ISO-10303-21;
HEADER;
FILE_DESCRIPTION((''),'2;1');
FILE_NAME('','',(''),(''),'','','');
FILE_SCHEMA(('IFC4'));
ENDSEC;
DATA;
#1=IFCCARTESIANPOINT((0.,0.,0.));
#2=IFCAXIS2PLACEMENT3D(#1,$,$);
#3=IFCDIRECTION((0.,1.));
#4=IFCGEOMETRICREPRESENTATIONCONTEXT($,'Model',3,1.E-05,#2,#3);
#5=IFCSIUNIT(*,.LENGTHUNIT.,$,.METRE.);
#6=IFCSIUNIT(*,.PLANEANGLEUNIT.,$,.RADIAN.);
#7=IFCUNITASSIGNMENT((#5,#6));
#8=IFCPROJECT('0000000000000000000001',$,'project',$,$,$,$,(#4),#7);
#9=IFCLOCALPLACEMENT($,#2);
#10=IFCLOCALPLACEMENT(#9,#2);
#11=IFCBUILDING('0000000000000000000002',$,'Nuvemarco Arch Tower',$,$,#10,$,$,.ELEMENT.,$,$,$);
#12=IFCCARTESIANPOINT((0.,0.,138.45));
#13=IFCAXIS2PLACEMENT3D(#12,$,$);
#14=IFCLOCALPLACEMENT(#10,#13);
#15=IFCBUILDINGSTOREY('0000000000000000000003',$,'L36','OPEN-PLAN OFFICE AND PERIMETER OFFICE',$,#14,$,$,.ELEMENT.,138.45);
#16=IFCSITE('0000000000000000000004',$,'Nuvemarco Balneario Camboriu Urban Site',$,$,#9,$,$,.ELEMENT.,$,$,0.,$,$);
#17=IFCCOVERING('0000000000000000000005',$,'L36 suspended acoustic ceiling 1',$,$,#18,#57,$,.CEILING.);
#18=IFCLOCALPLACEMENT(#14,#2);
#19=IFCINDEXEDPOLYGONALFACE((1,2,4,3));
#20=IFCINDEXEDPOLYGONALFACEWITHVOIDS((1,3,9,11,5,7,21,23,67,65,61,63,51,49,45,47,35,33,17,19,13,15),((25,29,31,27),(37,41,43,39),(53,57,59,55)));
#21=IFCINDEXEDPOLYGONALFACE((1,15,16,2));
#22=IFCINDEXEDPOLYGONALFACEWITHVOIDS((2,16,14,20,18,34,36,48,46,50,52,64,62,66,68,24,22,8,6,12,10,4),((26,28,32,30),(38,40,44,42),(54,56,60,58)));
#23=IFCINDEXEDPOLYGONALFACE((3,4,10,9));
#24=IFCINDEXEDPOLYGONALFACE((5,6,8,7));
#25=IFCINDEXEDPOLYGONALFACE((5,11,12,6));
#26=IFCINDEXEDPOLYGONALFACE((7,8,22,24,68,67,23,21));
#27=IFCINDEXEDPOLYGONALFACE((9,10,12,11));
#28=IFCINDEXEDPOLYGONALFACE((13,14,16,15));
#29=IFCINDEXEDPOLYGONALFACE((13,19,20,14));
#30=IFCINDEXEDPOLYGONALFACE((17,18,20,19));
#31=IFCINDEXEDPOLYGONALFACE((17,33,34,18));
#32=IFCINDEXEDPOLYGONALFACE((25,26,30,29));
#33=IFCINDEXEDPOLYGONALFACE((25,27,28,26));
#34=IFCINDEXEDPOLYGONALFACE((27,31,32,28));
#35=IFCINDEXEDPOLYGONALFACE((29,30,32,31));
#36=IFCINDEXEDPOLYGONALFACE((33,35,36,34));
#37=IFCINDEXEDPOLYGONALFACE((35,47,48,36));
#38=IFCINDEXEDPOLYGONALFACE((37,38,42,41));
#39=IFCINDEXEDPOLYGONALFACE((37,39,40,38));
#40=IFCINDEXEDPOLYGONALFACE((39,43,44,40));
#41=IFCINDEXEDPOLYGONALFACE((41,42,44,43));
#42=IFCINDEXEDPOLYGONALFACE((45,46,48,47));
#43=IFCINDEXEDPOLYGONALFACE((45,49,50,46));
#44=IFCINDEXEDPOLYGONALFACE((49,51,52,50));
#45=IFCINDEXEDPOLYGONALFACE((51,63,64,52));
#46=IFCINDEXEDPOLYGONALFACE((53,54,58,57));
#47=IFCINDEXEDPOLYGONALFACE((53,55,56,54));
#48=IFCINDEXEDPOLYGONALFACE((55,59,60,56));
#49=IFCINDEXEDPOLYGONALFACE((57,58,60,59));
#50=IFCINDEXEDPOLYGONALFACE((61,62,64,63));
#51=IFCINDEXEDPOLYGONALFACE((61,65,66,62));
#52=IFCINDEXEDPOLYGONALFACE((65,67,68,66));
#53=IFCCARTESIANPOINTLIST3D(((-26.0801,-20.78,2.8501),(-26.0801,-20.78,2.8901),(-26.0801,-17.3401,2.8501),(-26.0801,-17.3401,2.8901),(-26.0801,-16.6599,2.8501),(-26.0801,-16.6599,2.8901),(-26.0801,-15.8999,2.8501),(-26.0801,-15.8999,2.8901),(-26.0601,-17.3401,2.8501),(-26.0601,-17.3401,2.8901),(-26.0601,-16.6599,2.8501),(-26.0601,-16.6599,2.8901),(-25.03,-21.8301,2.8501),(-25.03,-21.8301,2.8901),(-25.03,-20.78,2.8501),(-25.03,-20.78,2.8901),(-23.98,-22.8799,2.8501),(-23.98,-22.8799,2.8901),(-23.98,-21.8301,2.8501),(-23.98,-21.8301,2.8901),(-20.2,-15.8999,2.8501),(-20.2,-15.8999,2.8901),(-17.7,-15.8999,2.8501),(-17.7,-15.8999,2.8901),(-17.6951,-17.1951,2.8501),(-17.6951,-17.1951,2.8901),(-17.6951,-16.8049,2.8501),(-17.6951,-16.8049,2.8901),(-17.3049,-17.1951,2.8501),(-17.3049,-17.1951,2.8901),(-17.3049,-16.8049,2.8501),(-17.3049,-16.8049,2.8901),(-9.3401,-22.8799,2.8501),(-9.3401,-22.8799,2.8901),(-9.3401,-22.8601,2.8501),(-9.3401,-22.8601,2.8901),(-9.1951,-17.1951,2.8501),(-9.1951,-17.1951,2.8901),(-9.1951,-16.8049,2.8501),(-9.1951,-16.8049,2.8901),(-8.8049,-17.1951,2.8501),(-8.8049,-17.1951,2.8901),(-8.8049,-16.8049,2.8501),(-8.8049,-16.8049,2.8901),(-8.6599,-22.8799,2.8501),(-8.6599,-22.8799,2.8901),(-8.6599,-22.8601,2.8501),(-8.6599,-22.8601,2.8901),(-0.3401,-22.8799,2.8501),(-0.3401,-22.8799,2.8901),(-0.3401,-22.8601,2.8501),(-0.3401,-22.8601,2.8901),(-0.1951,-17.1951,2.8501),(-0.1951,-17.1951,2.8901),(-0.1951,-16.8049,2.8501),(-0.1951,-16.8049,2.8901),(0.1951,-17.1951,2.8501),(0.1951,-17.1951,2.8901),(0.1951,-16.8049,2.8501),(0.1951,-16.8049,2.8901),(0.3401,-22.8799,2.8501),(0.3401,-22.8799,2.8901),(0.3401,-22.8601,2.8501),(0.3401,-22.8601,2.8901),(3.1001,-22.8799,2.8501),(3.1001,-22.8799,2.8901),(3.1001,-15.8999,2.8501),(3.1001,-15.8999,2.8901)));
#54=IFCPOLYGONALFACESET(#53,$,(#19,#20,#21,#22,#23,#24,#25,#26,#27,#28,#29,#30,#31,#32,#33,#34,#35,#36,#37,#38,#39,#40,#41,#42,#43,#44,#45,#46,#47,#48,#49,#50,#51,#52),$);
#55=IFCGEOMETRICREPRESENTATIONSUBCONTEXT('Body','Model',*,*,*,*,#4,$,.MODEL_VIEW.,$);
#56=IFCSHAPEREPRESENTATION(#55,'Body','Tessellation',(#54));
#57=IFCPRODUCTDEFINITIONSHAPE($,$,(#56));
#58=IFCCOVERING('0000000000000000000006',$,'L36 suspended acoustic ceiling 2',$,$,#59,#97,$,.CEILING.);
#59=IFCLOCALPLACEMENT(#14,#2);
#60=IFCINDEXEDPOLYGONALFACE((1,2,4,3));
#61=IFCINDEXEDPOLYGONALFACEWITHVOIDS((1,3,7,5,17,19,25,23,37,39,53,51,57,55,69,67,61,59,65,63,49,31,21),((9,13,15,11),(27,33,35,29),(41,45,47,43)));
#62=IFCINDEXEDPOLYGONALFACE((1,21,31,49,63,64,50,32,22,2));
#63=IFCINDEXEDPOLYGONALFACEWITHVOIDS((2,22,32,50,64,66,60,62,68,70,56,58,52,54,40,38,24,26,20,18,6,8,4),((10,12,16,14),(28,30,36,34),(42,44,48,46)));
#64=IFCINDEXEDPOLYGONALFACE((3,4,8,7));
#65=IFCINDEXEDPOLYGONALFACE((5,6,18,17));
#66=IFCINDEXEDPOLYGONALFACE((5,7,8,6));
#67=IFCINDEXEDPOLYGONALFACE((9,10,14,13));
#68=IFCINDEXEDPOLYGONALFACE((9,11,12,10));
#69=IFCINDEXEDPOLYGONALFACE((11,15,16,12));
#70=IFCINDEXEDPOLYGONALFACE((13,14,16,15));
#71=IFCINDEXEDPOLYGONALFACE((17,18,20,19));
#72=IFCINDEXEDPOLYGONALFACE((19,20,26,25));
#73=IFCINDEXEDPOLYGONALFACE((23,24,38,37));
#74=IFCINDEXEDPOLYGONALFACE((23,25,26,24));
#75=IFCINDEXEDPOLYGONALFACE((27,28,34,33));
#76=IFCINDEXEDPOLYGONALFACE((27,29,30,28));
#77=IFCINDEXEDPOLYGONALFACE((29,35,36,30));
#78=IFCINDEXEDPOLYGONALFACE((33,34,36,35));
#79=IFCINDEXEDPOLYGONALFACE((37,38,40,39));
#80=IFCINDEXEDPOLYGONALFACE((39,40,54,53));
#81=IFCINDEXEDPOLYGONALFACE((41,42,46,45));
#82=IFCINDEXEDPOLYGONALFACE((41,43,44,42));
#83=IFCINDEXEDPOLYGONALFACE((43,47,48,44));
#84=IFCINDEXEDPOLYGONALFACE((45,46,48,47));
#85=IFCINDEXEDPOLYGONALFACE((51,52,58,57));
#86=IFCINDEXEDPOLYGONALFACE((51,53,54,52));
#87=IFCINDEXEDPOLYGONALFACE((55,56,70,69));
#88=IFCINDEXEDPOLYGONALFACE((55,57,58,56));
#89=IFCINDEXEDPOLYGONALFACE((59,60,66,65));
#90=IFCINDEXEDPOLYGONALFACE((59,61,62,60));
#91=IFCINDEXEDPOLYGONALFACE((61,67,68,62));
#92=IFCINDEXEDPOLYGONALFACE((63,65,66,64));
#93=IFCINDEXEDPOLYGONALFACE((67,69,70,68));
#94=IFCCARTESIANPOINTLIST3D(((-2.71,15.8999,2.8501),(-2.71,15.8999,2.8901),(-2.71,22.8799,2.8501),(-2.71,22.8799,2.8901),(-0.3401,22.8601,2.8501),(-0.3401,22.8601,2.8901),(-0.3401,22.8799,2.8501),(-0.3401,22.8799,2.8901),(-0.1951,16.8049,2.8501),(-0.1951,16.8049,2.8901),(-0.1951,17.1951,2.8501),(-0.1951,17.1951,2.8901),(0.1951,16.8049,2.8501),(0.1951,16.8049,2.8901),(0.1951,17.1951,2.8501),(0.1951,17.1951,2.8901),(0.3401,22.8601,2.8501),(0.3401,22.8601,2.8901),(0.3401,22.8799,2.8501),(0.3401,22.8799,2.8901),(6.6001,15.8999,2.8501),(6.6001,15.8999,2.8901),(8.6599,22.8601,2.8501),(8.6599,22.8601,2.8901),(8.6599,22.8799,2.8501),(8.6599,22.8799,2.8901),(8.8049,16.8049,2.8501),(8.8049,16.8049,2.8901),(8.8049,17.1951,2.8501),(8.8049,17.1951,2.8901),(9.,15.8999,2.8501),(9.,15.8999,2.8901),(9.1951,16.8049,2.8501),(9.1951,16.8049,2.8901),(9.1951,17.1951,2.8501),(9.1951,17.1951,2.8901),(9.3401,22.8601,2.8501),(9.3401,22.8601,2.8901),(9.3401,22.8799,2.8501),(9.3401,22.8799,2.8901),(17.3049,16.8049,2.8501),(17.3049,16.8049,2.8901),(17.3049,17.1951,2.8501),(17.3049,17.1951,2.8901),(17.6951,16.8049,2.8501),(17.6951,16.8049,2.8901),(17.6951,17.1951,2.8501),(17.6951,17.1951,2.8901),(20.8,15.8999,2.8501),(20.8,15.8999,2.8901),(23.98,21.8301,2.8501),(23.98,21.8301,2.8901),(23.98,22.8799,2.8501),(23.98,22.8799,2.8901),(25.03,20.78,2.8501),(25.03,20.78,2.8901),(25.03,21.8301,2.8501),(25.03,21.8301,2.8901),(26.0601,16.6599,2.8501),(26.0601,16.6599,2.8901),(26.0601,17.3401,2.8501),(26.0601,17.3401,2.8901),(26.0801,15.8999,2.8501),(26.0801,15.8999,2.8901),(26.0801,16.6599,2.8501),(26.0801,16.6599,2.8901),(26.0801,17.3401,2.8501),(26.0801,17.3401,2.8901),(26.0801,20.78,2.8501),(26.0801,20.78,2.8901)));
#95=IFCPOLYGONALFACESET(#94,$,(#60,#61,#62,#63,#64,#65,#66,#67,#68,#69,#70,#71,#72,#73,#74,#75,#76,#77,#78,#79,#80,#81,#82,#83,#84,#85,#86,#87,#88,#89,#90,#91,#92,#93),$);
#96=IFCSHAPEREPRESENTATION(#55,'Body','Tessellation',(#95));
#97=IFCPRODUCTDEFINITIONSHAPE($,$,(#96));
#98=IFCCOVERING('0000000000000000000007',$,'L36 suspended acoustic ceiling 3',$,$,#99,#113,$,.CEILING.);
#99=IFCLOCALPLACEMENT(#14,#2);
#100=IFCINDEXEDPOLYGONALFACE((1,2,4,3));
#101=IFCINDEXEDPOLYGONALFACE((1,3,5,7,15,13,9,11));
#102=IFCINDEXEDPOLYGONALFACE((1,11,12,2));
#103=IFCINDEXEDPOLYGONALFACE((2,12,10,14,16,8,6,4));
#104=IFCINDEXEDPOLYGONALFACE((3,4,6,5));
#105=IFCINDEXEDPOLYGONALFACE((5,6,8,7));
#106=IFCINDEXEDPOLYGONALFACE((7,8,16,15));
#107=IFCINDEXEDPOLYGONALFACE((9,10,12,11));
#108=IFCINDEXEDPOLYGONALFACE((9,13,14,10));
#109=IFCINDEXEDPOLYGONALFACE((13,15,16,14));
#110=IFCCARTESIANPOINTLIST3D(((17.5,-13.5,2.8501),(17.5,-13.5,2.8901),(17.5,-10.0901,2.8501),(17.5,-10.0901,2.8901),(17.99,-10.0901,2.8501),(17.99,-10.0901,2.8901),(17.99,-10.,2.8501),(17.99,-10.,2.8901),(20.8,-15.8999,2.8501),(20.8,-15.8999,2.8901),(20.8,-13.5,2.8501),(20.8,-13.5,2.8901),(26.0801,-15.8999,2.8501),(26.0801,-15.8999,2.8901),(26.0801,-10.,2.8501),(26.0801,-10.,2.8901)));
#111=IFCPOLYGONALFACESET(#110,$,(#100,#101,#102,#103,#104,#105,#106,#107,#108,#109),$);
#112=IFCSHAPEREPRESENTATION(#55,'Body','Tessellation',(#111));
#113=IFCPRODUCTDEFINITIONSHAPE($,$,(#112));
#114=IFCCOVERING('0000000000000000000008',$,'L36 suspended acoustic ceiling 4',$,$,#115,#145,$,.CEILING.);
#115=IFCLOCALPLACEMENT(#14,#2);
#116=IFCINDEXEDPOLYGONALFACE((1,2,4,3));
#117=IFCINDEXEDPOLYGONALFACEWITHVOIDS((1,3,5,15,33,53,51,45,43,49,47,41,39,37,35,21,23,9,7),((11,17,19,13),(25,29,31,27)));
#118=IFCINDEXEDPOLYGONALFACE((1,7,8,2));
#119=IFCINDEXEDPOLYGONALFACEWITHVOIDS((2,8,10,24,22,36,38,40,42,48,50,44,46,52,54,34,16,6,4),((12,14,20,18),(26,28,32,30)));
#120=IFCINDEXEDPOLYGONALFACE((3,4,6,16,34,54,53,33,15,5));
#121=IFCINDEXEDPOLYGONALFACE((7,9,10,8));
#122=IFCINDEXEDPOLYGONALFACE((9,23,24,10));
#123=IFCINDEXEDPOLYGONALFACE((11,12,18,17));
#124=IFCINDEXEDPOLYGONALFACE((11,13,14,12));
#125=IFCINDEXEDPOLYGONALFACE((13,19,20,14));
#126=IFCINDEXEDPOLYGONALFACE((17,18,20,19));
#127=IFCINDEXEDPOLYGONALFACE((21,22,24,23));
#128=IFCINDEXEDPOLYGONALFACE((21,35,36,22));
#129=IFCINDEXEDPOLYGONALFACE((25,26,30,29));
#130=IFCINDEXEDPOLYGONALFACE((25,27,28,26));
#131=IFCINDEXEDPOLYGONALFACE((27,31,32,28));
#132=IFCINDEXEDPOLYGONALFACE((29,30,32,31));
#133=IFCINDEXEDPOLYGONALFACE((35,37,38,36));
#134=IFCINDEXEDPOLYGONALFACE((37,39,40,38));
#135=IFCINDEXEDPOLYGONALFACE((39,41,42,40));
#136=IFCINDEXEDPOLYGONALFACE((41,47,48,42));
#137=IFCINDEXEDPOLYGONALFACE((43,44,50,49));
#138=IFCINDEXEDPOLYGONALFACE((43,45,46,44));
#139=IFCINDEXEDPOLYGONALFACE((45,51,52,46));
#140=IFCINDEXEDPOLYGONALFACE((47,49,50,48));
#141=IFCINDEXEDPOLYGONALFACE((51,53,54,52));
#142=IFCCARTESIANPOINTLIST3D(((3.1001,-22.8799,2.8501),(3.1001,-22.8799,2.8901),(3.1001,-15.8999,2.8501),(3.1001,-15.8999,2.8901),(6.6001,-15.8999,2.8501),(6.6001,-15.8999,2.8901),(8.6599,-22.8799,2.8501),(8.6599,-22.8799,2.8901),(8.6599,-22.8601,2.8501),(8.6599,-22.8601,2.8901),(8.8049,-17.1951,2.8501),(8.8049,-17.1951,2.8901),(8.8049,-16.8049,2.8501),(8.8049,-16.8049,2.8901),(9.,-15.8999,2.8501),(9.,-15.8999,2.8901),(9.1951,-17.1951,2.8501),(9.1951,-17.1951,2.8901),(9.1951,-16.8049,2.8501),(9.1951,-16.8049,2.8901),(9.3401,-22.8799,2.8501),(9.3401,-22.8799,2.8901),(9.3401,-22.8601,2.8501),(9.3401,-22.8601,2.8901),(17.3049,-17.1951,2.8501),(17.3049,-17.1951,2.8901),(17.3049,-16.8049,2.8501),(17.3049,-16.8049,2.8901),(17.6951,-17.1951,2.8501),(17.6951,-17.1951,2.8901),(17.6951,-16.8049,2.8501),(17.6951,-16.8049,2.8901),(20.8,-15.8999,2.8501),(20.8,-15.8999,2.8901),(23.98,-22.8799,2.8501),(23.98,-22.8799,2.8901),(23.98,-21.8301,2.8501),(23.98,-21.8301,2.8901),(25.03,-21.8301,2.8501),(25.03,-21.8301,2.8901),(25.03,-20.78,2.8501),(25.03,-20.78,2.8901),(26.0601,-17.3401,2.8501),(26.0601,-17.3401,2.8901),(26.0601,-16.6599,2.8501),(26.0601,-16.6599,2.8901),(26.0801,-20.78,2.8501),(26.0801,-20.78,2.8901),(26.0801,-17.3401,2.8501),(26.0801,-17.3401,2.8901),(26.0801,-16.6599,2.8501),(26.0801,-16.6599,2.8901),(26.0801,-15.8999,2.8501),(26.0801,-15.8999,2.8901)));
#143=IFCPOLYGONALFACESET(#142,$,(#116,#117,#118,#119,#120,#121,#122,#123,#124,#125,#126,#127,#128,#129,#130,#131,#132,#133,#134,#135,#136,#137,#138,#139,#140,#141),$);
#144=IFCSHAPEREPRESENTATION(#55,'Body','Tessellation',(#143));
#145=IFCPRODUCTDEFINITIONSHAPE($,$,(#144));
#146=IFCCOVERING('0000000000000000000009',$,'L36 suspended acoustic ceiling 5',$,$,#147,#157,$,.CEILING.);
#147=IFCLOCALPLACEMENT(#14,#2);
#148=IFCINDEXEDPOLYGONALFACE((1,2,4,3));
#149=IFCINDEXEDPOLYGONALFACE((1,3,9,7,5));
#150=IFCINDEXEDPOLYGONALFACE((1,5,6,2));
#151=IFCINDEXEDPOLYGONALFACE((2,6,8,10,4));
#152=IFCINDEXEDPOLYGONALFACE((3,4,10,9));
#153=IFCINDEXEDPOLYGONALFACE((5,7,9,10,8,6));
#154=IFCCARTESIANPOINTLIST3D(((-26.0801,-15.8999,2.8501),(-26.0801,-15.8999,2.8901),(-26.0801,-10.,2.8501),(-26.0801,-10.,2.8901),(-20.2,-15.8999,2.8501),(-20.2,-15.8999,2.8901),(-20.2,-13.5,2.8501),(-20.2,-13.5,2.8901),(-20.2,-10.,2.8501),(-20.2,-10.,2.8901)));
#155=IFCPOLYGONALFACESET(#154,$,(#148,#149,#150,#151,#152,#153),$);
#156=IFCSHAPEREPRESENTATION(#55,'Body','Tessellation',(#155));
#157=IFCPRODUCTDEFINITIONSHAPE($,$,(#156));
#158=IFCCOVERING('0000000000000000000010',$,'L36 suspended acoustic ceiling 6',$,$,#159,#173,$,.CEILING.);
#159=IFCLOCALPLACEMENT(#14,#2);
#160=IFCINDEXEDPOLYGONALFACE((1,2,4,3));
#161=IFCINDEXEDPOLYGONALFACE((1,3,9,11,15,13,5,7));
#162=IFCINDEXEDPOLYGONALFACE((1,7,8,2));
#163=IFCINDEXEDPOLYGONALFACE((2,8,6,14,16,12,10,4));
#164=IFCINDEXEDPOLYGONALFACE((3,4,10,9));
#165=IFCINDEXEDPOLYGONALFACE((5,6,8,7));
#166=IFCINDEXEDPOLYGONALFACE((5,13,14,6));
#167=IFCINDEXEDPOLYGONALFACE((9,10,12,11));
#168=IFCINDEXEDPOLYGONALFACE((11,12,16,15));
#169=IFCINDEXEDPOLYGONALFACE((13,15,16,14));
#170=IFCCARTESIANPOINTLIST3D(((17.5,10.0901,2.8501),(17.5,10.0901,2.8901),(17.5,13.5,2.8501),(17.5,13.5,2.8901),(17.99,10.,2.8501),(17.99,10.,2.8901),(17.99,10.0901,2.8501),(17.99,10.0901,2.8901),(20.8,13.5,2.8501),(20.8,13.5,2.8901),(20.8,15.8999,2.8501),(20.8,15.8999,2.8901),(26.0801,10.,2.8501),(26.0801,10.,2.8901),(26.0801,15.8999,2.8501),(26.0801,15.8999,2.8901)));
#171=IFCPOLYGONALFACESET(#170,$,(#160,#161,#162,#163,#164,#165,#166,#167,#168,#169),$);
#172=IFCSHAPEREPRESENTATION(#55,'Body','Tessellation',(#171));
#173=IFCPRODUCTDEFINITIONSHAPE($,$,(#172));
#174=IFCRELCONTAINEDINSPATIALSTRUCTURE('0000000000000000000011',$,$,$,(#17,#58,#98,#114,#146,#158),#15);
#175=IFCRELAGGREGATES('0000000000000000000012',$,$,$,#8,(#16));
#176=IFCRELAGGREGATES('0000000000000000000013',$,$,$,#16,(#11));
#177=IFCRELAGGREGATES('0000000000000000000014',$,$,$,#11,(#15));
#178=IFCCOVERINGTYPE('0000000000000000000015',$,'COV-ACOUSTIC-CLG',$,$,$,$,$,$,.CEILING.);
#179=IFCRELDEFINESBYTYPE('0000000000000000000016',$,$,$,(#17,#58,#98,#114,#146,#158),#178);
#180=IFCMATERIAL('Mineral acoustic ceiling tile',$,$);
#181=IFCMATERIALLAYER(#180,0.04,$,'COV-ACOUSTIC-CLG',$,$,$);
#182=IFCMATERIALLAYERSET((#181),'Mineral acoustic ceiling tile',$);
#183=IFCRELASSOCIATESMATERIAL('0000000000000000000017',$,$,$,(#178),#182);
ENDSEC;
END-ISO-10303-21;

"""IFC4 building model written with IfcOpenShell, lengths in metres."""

from ifc_helpers import new_model, si_unit, direction, frame, origin, place, context, subcontext, project, spatial, polyline, outline, extrude, material, layer, layer_set, type_object, element, save


model = new_model("IFC4")

# Units and contexts
model_context = context("Model", 3, precision=1e-05, world=origin(), true_north=direction((0.0, 1.0)))
body_context = subcontext(model_context, "Body", "Model", "MODEL_VIEW")
ifc_project = project(units=[si_unit("LENGTHUNIT", "METRE"), si_unit("PLANEANGLEUNIT", "RADIAN")], contexts=[model_context])

# Site, building, storey
site_placement = place(None, origin())
site = spatial("IfcSite", under=ifc_project, at=site_placement, Name="Nuvemarco Balneario Camboriu Urban Site", CompositionType="ELEMENT", RefElevation=0.0)
building_placement = place(site_placement, origin())
building = spatial("IfcBuilding", under=site, at=building_placement, Name="Nuvemarco Arch Tower", CompositionType="ELEMENT")
storey_placement = place(building_placement, frame((0.0, 0.0, 138.45)))
storey = spatial("IfcBuildingStorey", under=building, at=storey_placement, Name="L36", Description="OPEN-PLAN OFFICE AND PERIMETER OFFICE", CompositionType="ELEMENT", Elevation=138.45)

# Coverings
ifc_material_1 = material(Name="Mineral acoustic ceiling tile")
ifc_layer_1 = layer(ifc_material_1, 0.04, Name="COV-ACOUSTIC-CLG")
ifc_layer_set_1 = layer_set([ifc_layer_1], Name="Mineral acoustic ceiling tile")
covering_type = type_object("IfcCoveringType", Name="COV-ACOUSTIC-CLG", PredefinedType="CEILING", material=ifc_layer_set_1)
covering_1_placement = place(storey_placement, frame((0.0, 0.0, 2.8501)))
element("IfcCovering", 1, at=covering_1_placement, inside=storey, type_object=covering_type, Name="L36 suspended acoustic ceiling 1", PredefinedType="CEILING", context=body_context, shape_type="SweptSolid", body=[
    extrude(outline(polyline([(-26.0801, -20.78), (-26.0801, -17.3401), (-26.0601, -17.3401), (-26.0601, -16.6599), (-26.0801, -16.6599), (-26.0801, -15.8999), (-20.2, -15.8999), (-17.7, -15.8999), (3.1001, -15.8999), (3.1001, -22.8799), (0.3401, -22.8799), (0.3401, -22.8601), (-0.3401, -22.8601), (-0.3401, -22.8799), (-8.6599, -22.8799), (-8.6599, -22.8601), (-9.3401, -22.8601), (-9.3401, -22.8799), (-23.98, -22.8799), (-23.98, -21.8301), (-25.03, -21.8301), (-25.03, -20.78), (-26.0801, -20.78)]), holes=[polyline([(-17.3049, -16.8049), (-17.6951, -16.8049), (-17.6951, -17.1951), (-17.3049, -17.1951), (-17.3049, -16.8049)]), polyline([(-8.8049, -17.1951), (-8.8049, -16.8049), (-9.1951, -16.8049), (-9.1951, -17.1951), (-8.8049, -17.1951)]), polyline([(0.1951, -17.1951), (0.1951, -16.8049), (-0.1951, -16.8049), (-0.1951, -17.1951), (0.1951, -17.1951)])]), origin(), (0.0, 0.0, 1.0), 0.04),
])
covering_2_placement = place(storey_placement, frame((0.0, 0.0, 2.8501)))
element("IfcCovering", 2, at=covering_2_placement, inside=storey, type_object=covering_type, Name="L36 suspended acoustic ceiling 2", PredefinedType="CEILING", context=body_context, shape_type="SweptSolid", body=[
    extrude(outline(polyline([(26.0801, 20.78), (26.0801, 17.3401), (26.0601, 17.3401), (26.0601, 16.6599), (26.0801, 16.6599), (26.0801, 15.8999), (20.8, 15.8999), (9.0, 15.8999), (6.6001, 15.8999), (-2.71, 15.8999), (-2.71, 22.8799), (-0.3401, 22.8799), (-0.3401, 22.8601), (0.3401, 22.8601), (0.3401, 22.8799), (8.6599, 22.8799), (8.6599, 22.8601), (9.3401, 22.8601), (9.3401, 22.8799), (23.98, 22.8799), (23.98, 21.8301), (25.03, 21.8301), (25.03, 20.78), (26.0801, 20.78)]), holes=[polyline([(0.1951, 16.8049), (0.1951, 17.1951), (-0.1951, 17.1951), (-0.1951, 16.8049), (0.1951, 16.8049)]), polyline([(9.1951, 17.1951), (8.8049, 17.1951), (8.8049, 16.8049), (9.1951, 16.8049), (9.1951, 17.1951)]), polyline([(17.6951, 16.8049), (17.6951, 17.1951), (17.3049, 17.1951), (17.3049, 16.8049), (17.6951, 16.8049)])]), origin(), (0.0, 0.0, 1.0), 0.04),
])
covering_3_placement = place(storey_placement, frame((0.0, 0.0, 2.8501)))
element("IfcCovering", 3, at=covering_3_placement, inside=storey, type_object=covering_type, Name="L36 suspended acoustic ceiling 3", PredefinedType="CEILING", context=body_context, shape_type="SweptSolid", body=[
    extrude(outline(polyline([(17.5, -10.0901), (17.99, -10.0901), (17.99, -10.0), (26.0801, -10.0), (26.0801, -15.8999), (20.8, -15.8999), (20.8, -13.5), (17.5, -13.5), (17.5, -10.0901)])), origin(), (0.0, 0.0, 1.0), 0.04),
])
covering_4_placement = place(storey_placement, frame((0.0, 0.0, 2.8501)))
element("IfcCovering", 4, at=covering_4_placement, inside=storey, type_object=covering_type, Name="L36 suspended acoustic ceiling 4", PredefinedType="CEILING", context=body_context, shape_type="SweptSolid", body=[
    extrude(outline(polyline([(23.98, -22.8799), (9.3401, -22.8799), (9.3401, -22.8601), (8.6599, -22.8601), (8.6599, -22.8799), (3.1001, -22.8799), (3.1001, -15.8999), (6.6001, -15.8999), (9.0, -15.8999), (20.8, -15.8999), (26.0801, -15.8999), (26.0801, -16.6599), (26.0601, -16.6599), (26.0601, -17.3401), (26.0801, -17.3401), (26.0801, -20.78), (25.03, -20.78), (25.03, -21.8301), (23.98, -21.8301), (23.98, -22.8799)]), holes=[polyline([(9.1951, -17.1951), (9.1951, -16.8049), (8.8049, -16.8049), (8.8049, -17.1951), (9.1951, -17.1951)]), polyline([(17.6951, -17.1951), (17.6951, -16.8049), (17.3049, -16.8049), (17.3049, -17.1951), (17.6951, -17.1951)])]), origin(), (0.0, 0.0, 1.0), 0.04),
])
covering_5_placement = place(storey_placement, frame((0.0, 0.0, 2.8501)))
element("IfcCovering", 5, at=covering_5_placement, inside=storey, type_object=covering_type, Name="L36 suspended acoustic ceiling 5", PredefinedType="CEILING", context=body_context, shape_type="SweptSolid", body=[
    extrude(outline(polyline([(-20.2, -13.5), (-20.2, -15.8999), (-26.0801, -15.8999), (-26.0801, -10.0), (-20.2, -10.0), (-20.2, -13.5)])), origin(), (0.0, 0.0, 1.0), 0.04),
])
covering_6_placement = place(storey_placement, frame((0.0, 0.0, 2.8501)))
element("IfcCovering", 6, at=covering_6_placement, inside=storey, type_object=covering_type, Name="L36 suspended acoustic ceiling 6", PredefinedType="CEILING", context=body_context, shape_type="SweptSolid", body=[
    extrude(outline(polyline([(17.99, 10.0901), (17.5, 10.0901), (17.5, 13.5), (20.8, 13.5), (20.8, 15.8999), (26.0801, 15.8999), (26.0801, 10.0), (17.99, 10.0), (17.99, 10.0901)])), origin(), (0.0, 0.0, 1.0), 0.04),
])

save(model, "model.ifc")
